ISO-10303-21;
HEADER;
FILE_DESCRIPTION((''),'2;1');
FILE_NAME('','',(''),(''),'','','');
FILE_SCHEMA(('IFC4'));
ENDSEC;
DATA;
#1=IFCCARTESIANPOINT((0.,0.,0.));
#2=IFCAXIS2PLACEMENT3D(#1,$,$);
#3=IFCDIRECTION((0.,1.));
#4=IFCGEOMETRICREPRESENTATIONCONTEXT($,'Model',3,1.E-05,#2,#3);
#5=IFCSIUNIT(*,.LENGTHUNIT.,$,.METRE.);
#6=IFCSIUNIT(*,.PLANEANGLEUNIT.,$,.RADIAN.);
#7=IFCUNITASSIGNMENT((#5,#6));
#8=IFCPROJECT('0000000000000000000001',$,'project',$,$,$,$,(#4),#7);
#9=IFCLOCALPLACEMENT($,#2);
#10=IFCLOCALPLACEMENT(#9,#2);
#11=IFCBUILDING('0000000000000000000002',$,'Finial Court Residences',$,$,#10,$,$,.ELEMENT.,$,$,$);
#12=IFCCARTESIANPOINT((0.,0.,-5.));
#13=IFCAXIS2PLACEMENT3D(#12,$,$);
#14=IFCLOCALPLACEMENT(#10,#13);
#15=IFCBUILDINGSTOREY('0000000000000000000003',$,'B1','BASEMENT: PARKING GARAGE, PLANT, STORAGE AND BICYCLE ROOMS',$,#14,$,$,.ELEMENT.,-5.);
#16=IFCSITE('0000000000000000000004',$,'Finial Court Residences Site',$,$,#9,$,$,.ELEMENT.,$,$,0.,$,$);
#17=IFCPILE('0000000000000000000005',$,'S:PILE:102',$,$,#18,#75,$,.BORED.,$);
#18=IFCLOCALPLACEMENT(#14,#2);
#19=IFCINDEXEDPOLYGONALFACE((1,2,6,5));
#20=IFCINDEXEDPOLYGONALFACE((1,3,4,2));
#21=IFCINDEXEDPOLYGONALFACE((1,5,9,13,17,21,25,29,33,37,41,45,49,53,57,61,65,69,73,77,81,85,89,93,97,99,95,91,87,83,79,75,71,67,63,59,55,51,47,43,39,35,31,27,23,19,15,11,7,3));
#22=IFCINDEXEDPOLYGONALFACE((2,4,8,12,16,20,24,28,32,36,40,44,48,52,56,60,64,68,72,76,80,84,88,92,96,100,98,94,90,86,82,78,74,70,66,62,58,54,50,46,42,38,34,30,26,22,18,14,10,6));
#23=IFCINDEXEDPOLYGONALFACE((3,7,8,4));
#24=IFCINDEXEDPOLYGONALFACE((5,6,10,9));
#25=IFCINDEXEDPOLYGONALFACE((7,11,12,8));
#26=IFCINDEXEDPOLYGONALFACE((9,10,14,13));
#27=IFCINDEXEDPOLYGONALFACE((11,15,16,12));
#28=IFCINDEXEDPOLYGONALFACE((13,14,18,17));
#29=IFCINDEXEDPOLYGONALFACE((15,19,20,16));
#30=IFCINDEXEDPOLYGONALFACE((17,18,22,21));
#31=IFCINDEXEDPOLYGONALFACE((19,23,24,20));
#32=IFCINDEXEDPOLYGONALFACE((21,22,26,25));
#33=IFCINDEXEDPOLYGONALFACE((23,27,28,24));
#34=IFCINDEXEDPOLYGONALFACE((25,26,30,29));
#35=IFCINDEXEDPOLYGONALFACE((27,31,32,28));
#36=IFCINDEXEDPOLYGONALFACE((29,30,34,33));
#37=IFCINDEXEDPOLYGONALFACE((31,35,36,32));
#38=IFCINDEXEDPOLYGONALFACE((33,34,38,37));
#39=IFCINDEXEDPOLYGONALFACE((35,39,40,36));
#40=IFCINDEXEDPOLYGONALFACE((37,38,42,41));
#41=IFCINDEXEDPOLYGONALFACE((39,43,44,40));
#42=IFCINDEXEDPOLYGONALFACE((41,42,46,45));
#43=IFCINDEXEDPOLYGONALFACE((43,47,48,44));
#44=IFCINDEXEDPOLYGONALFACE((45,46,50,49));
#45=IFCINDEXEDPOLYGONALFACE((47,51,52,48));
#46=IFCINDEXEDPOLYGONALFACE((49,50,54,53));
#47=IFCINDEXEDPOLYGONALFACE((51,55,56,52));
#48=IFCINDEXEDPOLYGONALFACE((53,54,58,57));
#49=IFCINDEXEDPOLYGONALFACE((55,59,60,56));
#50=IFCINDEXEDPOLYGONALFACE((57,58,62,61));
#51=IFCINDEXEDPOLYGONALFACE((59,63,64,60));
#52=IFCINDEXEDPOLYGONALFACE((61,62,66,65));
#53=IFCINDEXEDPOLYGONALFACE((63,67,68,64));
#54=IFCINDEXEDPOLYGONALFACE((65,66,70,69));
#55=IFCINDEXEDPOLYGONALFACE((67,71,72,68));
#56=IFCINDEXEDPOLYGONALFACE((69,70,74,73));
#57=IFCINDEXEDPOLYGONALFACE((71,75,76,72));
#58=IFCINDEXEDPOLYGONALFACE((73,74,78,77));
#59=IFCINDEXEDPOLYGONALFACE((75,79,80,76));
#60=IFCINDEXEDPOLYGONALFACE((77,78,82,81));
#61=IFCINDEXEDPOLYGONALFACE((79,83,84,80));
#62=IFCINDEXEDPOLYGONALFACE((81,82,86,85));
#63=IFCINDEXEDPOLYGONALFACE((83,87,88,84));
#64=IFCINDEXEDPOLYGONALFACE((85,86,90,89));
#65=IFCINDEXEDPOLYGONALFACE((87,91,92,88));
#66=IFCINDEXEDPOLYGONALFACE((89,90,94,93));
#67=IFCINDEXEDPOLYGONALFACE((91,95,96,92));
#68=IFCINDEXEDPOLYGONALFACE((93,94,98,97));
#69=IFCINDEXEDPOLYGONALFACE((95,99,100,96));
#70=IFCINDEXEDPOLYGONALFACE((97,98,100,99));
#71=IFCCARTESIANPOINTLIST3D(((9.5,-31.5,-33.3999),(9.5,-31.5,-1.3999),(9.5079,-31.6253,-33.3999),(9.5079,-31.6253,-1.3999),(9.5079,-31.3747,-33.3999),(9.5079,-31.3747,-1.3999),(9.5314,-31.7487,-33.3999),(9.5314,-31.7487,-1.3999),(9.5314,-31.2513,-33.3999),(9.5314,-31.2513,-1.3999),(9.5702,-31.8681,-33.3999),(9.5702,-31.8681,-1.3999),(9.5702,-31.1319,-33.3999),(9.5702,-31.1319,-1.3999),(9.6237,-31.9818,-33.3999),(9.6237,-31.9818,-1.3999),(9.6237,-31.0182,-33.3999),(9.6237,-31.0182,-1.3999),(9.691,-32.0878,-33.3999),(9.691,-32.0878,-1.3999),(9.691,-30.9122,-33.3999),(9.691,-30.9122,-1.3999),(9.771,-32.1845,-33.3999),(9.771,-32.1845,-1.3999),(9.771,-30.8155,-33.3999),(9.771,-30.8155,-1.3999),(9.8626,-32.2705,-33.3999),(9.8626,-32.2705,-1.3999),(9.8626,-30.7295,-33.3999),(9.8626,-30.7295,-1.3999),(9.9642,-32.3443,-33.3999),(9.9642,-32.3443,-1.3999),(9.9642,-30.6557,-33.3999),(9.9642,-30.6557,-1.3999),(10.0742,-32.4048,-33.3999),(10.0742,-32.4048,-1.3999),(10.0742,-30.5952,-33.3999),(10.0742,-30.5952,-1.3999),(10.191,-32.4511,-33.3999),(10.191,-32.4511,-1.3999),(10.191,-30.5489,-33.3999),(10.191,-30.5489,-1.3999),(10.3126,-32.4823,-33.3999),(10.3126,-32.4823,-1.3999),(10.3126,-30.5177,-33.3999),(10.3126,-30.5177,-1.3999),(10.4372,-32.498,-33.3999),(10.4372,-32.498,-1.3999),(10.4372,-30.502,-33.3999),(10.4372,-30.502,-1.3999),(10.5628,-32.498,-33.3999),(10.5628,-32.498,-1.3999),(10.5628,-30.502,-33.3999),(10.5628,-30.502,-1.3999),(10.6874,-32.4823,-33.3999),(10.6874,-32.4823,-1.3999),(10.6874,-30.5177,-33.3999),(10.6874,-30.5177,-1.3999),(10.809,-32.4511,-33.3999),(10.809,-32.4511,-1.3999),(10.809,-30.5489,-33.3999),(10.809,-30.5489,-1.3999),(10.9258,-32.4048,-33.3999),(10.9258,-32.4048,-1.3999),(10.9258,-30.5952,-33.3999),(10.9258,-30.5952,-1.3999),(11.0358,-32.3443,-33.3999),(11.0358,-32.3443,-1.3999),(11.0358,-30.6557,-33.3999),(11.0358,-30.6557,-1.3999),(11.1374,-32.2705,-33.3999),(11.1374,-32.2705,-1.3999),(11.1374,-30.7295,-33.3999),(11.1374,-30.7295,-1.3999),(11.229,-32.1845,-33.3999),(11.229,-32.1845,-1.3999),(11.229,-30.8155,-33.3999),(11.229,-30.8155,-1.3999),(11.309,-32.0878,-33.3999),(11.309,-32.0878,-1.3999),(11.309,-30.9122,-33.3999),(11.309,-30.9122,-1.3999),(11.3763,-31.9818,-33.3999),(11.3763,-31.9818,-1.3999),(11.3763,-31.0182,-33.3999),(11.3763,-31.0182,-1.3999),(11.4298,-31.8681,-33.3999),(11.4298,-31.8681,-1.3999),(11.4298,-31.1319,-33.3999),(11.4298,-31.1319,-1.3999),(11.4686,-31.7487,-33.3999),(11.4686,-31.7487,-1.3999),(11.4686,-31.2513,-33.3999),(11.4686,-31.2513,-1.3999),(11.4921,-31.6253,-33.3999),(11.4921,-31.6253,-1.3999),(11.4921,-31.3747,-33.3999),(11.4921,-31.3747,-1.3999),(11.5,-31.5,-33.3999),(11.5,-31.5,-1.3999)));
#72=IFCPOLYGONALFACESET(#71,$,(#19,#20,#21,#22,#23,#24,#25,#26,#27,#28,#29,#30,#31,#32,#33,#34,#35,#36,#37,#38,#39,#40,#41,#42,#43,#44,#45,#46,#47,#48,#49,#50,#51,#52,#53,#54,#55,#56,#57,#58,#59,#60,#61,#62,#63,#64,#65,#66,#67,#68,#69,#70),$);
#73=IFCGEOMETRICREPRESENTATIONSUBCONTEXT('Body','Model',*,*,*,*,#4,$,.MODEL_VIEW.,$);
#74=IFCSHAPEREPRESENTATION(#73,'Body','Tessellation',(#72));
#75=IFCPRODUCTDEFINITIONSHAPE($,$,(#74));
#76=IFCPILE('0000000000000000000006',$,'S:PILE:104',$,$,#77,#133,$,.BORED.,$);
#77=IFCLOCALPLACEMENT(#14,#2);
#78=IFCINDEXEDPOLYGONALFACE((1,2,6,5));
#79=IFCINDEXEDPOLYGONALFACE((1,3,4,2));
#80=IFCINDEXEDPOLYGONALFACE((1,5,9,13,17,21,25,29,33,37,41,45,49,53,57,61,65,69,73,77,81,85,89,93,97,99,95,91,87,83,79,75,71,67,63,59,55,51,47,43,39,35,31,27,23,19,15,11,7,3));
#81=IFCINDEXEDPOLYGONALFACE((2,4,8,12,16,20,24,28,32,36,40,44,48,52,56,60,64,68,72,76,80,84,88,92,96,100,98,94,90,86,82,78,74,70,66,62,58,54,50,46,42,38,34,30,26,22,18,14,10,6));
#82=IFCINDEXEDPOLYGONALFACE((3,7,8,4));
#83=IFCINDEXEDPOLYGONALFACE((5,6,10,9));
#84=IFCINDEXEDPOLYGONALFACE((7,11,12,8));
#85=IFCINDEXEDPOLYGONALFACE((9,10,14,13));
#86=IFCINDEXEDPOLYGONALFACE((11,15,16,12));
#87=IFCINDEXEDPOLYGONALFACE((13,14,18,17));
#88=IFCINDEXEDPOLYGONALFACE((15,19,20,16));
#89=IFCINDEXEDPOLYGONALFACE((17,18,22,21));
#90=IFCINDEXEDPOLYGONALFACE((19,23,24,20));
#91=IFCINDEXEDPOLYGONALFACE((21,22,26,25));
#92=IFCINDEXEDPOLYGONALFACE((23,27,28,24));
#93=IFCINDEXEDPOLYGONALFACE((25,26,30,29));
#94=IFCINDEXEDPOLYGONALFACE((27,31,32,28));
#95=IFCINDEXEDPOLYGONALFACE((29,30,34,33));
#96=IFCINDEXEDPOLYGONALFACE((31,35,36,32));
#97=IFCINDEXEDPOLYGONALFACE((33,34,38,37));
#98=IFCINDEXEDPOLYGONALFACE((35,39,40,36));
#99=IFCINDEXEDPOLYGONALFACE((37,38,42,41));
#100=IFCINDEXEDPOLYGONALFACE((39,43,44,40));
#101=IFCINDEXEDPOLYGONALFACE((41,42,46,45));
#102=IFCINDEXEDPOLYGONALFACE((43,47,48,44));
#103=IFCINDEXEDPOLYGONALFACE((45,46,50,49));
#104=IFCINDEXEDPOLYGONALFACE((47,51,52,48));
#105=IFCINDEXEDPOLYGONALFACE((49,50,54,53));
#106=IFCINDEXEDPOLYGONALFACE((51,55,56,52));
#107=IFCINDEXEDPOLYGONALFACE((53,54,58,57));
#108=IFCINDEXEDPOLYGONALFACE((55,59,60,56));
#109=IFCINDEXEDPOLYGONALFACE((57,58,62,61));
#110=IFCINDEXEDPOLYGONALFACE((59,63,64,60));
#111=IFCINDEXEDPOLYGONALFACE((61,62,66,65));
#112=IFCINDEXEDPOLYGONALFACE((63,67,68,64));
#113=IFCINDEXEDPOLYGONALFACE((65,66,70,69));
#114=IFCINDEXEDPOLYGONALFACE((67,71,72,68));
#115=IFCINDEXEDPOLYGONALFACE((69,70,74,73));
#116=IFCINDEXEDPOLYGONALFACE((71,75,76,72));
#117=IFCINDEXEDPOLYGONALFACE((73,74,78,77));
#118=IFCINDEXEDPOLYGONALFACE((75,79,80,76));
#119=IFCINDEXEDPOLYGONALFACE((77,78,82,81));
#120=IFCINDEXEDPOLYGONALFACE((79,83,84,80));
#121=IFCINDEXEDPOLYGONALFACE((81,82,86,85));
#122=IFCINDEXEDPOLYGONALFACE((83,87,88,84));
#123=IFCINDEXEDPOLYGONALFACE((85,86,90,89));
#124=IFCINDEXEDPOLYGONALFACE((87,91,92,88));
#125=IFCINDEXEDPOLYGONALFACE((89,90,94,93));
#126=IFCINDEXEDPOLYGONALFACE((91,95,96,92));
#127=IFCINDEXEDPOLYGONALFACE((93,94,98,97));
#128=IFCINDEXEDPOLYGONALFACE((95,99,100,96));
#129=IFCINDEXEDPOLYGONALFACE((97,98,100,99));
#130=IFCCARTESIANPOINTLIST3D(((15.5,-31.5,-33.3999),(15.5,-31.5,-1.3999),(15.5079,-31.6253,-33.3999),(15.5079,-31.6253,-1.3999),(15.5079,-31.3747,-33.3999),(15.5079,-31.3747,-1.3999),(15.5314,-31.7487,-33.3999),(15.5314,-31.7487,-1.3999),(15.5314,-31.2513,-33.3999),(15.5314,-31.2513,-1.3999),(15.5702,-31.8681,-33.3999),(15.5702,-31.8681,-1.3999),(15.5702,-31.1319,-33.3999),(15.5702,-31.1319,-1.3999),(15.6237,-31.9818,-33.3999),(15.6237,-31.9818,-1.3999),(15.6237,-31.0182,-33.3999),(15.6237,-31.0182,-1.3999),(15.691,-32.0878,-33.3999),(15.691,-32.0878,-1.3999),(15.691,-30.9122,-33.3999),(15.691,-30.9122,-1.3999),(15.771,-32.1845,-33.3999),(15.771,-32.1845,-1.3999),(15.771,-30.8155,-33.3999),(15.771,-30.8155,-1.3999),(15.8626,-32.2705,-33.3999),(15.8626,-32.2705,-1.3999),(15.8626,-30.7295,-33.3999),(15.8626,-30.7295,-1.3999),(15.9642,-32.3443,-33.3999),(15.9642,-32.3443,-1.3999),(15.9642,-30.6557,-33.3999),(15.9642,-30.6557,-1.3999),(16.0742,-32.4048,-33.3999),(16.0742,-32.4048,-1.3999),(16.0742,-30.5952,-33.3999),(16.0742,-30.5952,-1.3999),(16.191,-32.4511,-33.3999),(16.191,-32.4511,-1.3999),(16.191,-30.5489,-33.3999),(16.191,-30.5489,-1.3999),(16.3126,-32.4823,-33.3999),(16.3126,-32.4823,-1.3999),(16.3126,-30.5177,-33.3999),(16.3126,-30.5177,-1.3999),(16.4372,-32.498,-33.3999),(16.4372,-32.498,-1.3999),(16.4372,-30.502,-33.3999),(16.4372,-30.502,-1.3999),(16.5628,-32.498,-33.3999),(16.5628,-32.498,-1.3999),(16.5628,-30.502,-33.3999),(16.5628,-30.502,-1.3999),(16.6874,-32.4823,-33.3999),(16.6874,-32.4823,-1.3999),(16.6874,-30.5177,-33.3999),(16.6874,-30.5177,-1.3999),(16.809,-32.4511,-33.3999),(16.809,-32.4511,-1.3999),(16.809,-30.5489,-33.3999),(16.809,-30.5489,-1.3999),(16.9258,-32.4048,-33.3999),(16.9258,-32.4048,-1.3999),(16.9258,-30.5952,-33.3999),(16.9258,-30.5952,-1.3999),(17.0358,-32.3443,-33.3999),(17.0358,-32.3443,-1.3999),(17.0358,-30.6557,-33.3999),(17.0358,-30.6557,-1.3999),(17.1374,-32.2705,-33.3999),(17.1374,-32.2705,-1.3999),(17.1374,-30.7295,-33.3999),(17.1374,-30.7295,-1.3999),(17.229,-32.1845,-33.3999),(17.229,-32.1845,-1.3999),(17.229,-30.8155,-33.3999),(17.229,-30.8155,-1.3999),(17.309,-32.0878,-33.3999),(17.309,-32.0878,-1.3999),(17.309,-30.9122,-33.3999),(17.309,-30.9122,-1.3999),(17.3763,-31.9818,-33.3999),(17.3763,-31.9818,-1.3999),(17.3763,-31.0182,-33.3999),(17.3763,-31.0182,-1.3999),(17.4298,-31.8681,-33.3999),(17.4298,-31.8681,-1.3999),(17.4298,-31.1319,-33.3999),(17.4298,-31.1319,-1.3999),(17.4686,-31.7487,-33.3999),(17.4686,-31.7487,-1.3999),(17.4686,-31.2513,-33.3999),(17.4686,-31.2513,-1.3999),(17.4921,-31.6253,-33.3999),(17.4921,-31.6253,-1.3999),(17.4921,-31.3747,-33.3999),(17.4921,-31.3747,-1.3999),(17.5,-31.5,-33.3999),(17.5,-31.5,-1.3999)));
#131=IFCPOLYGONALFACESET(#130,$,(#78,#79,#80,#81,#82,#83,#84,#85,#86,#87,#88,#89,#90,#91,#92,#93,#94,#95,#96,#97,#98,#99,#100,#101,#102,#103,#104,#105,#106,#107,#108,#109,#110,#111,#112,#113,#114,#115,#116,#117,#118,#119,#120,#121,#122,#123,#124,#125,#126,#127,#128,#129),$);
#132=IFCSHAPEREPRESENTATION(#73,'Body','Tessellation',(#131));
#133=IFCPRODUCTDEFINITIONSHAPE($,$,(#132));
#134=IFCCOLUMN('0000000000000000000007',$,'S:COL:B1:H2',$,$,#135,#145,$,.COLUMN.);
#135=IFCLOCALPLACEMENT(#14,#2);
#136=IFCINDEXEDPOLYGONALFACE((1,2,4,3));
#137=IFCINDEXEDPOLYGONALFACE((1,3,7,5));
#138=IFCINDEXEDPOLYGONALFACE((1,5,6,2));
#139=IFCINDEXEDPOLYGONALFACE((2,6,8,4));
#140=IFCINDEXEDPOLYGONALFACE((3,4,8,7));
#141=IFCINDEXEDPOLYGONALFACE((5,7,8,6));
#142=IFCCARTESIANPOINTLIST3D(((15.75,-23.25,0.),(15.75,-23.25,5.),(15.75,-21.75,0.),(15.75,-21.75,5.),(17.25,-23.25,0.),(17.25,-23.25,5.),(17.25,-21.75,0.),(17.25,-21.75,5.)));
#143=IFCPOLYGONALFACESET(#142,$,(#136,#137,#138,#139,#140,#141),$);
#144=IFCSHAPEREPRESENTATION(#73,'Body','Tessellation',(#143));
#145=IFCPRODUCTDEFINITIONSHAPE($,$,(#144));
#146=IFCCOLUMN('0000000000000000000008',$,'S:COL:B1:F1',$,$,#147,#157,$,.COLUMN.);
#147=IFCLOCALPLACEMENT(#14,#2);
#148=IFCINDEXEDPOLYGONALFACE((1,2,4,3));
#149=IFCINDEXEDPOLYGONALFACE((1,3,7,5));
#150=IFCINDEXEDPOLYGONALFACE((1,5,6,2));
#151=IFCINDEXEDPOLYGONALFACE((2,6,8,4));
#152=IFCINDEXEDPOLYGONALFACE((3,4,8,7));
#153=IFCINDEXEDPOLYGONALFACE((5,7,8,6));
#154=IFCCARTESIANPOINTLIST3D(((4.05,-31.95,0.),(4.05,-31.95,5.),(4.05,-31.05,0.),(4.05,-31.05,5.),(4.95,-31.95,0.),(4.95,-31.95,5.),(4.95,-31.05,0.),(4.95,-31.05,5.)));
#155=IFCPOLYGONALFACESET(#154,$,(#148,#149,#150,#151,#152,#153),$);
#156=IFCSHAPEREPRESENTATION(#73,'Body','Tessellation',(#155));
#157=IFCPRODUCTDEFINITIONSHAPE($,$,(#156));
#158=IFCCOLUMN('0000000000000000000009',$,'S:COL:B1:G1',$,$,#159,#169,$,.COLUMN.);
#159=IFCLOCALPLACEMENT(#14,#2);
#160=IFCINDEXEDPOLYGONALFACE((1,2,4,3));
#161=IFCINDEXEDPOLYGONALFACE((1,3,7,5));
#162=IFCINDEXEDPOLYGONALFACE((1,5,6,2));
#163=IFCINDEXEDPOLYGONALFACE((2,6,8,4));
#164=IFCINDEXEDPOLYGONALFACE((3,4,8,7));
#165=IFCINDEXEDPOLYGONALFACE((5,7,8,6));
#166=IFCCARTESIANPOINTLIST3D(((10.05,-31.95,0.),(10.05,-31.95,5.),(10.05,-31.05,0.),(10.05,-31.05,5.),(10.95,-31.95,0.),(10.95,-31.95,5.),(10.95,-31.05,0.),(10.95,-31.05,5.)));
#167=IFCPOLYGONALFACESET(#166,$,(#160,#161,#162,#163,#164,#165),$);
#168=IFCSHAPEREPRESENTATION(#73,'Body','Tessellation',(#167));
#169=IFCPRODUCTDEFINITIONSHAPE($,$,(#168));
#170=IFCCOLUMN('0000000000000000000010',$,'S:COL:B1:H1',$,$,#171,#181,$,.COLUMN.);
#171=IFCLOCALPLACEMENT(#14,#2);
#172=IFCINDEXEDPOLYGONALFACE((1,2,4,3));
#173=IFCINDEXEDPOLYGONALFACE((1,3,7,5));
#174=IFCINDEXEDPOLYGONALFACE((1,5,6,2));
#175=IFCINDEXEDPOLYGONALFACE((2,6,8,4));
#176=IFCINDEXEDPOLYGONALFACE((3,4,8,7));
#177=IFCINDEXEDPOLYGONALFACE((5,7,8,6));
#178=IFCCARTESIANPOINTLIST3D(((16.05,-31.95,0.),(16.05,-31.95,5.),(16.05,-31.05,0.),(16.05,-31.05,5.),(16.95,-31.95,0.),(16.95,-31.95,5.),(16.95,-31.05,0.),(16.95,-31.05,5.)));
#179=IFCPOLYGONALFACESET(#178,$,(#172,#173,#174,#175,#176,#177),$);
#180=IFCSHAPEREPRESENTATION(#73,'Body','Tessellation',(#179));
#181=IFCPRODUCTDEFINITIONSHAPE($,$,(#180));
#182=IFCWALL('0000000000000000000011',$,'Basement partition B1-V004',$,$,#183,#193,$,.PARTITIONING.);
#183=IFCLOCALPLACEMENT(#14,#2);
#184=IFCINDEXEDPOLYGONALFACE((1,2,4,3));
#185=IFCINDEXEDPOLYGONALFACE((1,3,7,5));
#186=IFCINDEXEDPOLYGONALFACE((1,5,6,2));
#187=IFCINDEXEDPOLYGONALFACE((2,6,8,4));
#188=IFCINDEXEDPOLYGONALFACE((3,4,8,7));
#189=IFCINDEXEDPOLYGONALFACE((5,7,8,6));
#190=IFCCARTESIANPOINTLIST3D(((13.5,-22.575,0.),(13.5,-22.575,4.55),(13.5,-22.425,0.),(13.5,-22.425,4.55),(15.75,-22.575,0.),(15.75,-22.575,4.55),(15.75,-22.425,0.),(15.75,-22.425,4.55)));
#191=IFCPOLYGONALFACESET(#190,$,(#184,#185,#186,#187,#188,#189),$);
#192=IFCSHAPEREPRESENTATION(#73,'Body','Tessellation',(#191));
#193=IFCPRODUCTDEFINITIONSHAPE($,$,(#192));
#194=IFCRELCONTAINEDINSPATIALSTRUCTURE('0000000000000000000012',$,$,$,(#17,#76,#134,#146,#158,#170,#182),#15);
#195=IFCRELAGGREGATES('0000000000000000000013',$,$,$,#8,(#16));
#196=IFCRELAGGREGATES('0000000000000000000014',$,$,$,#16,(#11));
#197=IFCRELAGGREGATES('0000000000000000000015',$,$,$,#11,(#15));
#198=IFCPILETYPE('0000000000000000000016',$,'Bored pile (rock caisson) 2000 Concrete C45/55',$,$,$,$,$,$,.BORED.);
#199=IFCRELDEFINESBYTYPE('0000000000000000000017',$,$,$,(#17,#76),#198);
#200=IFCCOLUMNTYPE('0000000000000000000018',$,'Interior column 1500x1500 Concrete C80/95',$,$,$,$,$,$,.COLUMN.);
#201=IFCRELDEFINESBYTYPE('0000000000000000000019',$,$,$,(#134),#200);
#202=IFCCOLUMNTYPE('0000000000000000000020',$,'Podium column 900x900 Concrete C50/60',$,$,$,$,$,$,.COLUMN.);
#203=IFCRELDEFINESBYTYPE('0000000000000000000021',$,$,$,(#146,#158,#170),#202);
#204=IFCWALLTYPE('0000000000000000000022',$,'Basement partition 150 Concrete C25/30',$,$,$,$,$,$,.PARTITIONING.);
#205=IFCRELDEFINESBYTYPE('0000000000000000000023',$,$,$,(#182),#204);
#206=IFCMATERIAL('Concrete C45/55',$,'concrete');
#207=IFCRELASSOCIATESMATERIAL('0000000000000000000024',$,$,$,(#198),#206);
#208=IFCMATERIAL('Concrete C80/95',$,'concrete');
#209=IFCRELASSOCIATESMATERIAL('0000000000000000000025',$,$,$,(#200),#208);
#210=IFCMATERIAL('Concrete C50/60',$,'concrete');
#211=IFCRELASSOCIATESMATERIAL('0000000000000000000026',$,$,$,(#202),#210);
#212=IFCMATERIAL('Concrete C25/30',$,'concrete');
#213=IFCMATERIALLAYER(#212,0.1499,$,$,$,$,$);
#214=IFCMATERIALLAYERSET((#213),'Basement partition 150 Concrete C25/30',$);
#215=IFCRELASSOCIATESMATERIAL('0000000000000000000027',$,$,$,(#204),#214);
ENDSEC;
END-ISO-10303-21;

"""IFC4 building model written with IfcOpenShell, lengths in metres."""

from ifc_helpers import new_model, si_unit, direction, frame, frame_2d, origin, origin_2d, place, context, subcontext, project, spatial, rectangle, circle, extrude, material, layer, layer_set, material_profile, profile_set, type_object, element, save


model = new_model("IFC4")

# Units and contexts
model_context = context("Model", 3, precision=1e-05, world=origin(), true_north=direction((0.0, 1.0)))
body_context = subcontext(model_context, "Body", "Model", "MODEL_VIEW")
ifc_project = project(units=[si_unit("LENGTHUNIT", "METRE"), si_unit("PLANEANGLEUNIT", "RADIAN")], contexts=[model_context])

# Site, building, storey
site_placement = place(None, origin())
site = spatial("IfcSite", under=ifc_project, at=site_placement, Name="Finial Court Residences Site", CompositionType="ELEMENT", RefElevation=0.0)
building_placement = place(site_placement, origin())
building = spatial("IfcBuilding", under=site, at=building_placement, Name="Finial Court Residences", CompositionType="ELEMENT")
storey_placement = place(building_placement, frame((0.0, 0.0, -5.0)))
storey = spatial("IfcBuildingStorey", under=building, at=storey_placement, Name="B1", Description="BASEMENT: PARKING GARAGE, PLANT, STORAGE AND BICYCLE ROOMS", CompositionType="ELEMENT", Elevation=-5.0)

# Piles
ifc_material_1 = material(Name="Concrete C45/55", Category="concrete")
ifc_material_profile_1 = material_profile(ifc_material_1, circle(Radius=1.0, at=origin_2d()), Name="D2000")
ifc_profile_set_1 = profile_set([ifc_material_profile_1], Name="Concrete C45/55")
pile_type = type_object("IfcPileType", Name="Bored pile (rock caisson) 2000 Concrete C45/55", PredefinedType="BORED", material=ifc_profile_set_1)
for number, where, z_axis, x_axis, name in (
    (1, (10.5, -31.5, -1.3999), (0.0, 0.0, -1.0), (1.0, 0.0, 0.0), "S:PILE:102"),
    (2, (16.5, -31.5, -1.3999), (0.0, 0.0, -1.0), (1.0, 0.0, 0.0), "S:PILE:104"),
):
    element("IfcPile", number, at=place(storey_placement, frame(where, z_axis=z_axis, x_axis=x_axis)), inside=storey, type_object=pile_type, Name=name, PredefinedType="BORED", context=body_context, shape_type="SweptSolid", body=[
        extrude(circle(Radius=1.0, at=origin_2d()), origin(), (0.0, 0.0, 1.0), 32.0),
    ])

# Columns
ifc_material_2 = material(Name="Concrete C80/95", Category="concrete")
ifc_material_profile_2 = material_profile(ifc_material_2, rectangle(XDim=1.5, YDim=1.5, at=origin_2d()), Name="1500x1500")
ifc_profile_set_2 = profile_set([ifc_material_profile_2], Name="Concrete C80/95")
column_type_1 = type_object("IfcColumnType", Name="Interior column 1500x1500 Concrete C80/95", PredefinedType="COLUMN", material=ifc_profile_set_2)
column_placement = place(storey_placement, frame((16.5, -22.5, 0.0), z_axis=(0.0, 0.0, 1.0), x_axis=(1.0, 0.0, 0.0)))
element("IfcColumn", 3, at=column_placement, inside=storey, type_object=column_type_1, Name="S:COL:B1:H2", PredefinedType="COLUMN", context=body_context, shape_type="SweptSolid", body=[
    extrude(rectangle(XDim=1.5, YDim=1.5, at=origin_2d()), origin(), (0.0, 0.0, 1.0), 5.0),
])
ifc_material_3 = material(Name="Concrete C50/60", Category="concrete")
ifc_material_profile_3 = material_profile(ifc_material_3, rectangle(XDim=0.8999, YDim=0.8999, at=origin_2d()), Name="900x900")
ifc_profile_set_3 = profile_set([ifc_material_profile_3], Name="Concrete C50/60")
column_type_2 = type_object("IfcColumnType", Name="Podium column 900x900 Concrete C50/60", PredefinedType="COLUMN", material=ifc_profile_set_3)
for number, where, z_axis, x_axis, name in (
    (4, (4.5, -31.5, 0.0), (0.0, 0.0, 1.0), (1.0, 0.0, 0.0), "S:COL:B1:F1"),
    (5, (10.5, -31.5, 0.0), (0.0, 0.0, 1.0), (1.0, 0.0, 0.0), "S:COL:B1:G1"),
    (6, (16.5, -31.5, 0.0), (0.0, 0.0, 1.0), (1.0, 0.0, 0.0), "S:COL:B1:H1"),
):
    element("IfcColumn", number, at=place(storey_placement, frame(where, z_axis=z_axis, x_axis=x_axis)), inside=storey, type_object=column_type_2, Name=name, PredefinedType="COLUMN", context=body_context, shape_type="SweptSolid", body=[
        extrude(rectangle(XDim=0.8999, YDim=0.8999, at=origin_2d()), origin(), (0.0, 0.0, 1.0), 5.0),
    ])

# Wall
ifc_material_4 = material(Name="Concrete C25/30", Category="concrete")
ifc_layer_1 = layer(ifc_material_4, 0.1499)
ifc_layer_set_1 = layer_set([ifc_layer_1], Name="Basement partition 150 Concrete C25/30")
wall_type_1 = type_object("IfcWallType", Name="Basement partition 150 Concrete C25/30", PredefinedType="PARTITIONING", material=ifc_layer_set_1)
wall_1_placement = place(storey_placement, frame((13.5, -22.5, 0.0), z_axis=(0.0, 0.0, 1.0), x_axis=(1.0, 0.0, 0.0)))
element("IfcWall", 7, at=wall_1_placement, inside=storey, type_object=wall_type_1, Name="Basement partition B1-V004", PredefinedType="PARTITIONING", context=body_context, shape_type="SweptSolid", body=[
    extrude(rectangle(XDim=2.25, YDim=0.1499, at=frame_2d((1.125, 0.0))), origin(), (0.0, 0.0, 1.0), 4.55),
])

save(model, "model.ifc")
